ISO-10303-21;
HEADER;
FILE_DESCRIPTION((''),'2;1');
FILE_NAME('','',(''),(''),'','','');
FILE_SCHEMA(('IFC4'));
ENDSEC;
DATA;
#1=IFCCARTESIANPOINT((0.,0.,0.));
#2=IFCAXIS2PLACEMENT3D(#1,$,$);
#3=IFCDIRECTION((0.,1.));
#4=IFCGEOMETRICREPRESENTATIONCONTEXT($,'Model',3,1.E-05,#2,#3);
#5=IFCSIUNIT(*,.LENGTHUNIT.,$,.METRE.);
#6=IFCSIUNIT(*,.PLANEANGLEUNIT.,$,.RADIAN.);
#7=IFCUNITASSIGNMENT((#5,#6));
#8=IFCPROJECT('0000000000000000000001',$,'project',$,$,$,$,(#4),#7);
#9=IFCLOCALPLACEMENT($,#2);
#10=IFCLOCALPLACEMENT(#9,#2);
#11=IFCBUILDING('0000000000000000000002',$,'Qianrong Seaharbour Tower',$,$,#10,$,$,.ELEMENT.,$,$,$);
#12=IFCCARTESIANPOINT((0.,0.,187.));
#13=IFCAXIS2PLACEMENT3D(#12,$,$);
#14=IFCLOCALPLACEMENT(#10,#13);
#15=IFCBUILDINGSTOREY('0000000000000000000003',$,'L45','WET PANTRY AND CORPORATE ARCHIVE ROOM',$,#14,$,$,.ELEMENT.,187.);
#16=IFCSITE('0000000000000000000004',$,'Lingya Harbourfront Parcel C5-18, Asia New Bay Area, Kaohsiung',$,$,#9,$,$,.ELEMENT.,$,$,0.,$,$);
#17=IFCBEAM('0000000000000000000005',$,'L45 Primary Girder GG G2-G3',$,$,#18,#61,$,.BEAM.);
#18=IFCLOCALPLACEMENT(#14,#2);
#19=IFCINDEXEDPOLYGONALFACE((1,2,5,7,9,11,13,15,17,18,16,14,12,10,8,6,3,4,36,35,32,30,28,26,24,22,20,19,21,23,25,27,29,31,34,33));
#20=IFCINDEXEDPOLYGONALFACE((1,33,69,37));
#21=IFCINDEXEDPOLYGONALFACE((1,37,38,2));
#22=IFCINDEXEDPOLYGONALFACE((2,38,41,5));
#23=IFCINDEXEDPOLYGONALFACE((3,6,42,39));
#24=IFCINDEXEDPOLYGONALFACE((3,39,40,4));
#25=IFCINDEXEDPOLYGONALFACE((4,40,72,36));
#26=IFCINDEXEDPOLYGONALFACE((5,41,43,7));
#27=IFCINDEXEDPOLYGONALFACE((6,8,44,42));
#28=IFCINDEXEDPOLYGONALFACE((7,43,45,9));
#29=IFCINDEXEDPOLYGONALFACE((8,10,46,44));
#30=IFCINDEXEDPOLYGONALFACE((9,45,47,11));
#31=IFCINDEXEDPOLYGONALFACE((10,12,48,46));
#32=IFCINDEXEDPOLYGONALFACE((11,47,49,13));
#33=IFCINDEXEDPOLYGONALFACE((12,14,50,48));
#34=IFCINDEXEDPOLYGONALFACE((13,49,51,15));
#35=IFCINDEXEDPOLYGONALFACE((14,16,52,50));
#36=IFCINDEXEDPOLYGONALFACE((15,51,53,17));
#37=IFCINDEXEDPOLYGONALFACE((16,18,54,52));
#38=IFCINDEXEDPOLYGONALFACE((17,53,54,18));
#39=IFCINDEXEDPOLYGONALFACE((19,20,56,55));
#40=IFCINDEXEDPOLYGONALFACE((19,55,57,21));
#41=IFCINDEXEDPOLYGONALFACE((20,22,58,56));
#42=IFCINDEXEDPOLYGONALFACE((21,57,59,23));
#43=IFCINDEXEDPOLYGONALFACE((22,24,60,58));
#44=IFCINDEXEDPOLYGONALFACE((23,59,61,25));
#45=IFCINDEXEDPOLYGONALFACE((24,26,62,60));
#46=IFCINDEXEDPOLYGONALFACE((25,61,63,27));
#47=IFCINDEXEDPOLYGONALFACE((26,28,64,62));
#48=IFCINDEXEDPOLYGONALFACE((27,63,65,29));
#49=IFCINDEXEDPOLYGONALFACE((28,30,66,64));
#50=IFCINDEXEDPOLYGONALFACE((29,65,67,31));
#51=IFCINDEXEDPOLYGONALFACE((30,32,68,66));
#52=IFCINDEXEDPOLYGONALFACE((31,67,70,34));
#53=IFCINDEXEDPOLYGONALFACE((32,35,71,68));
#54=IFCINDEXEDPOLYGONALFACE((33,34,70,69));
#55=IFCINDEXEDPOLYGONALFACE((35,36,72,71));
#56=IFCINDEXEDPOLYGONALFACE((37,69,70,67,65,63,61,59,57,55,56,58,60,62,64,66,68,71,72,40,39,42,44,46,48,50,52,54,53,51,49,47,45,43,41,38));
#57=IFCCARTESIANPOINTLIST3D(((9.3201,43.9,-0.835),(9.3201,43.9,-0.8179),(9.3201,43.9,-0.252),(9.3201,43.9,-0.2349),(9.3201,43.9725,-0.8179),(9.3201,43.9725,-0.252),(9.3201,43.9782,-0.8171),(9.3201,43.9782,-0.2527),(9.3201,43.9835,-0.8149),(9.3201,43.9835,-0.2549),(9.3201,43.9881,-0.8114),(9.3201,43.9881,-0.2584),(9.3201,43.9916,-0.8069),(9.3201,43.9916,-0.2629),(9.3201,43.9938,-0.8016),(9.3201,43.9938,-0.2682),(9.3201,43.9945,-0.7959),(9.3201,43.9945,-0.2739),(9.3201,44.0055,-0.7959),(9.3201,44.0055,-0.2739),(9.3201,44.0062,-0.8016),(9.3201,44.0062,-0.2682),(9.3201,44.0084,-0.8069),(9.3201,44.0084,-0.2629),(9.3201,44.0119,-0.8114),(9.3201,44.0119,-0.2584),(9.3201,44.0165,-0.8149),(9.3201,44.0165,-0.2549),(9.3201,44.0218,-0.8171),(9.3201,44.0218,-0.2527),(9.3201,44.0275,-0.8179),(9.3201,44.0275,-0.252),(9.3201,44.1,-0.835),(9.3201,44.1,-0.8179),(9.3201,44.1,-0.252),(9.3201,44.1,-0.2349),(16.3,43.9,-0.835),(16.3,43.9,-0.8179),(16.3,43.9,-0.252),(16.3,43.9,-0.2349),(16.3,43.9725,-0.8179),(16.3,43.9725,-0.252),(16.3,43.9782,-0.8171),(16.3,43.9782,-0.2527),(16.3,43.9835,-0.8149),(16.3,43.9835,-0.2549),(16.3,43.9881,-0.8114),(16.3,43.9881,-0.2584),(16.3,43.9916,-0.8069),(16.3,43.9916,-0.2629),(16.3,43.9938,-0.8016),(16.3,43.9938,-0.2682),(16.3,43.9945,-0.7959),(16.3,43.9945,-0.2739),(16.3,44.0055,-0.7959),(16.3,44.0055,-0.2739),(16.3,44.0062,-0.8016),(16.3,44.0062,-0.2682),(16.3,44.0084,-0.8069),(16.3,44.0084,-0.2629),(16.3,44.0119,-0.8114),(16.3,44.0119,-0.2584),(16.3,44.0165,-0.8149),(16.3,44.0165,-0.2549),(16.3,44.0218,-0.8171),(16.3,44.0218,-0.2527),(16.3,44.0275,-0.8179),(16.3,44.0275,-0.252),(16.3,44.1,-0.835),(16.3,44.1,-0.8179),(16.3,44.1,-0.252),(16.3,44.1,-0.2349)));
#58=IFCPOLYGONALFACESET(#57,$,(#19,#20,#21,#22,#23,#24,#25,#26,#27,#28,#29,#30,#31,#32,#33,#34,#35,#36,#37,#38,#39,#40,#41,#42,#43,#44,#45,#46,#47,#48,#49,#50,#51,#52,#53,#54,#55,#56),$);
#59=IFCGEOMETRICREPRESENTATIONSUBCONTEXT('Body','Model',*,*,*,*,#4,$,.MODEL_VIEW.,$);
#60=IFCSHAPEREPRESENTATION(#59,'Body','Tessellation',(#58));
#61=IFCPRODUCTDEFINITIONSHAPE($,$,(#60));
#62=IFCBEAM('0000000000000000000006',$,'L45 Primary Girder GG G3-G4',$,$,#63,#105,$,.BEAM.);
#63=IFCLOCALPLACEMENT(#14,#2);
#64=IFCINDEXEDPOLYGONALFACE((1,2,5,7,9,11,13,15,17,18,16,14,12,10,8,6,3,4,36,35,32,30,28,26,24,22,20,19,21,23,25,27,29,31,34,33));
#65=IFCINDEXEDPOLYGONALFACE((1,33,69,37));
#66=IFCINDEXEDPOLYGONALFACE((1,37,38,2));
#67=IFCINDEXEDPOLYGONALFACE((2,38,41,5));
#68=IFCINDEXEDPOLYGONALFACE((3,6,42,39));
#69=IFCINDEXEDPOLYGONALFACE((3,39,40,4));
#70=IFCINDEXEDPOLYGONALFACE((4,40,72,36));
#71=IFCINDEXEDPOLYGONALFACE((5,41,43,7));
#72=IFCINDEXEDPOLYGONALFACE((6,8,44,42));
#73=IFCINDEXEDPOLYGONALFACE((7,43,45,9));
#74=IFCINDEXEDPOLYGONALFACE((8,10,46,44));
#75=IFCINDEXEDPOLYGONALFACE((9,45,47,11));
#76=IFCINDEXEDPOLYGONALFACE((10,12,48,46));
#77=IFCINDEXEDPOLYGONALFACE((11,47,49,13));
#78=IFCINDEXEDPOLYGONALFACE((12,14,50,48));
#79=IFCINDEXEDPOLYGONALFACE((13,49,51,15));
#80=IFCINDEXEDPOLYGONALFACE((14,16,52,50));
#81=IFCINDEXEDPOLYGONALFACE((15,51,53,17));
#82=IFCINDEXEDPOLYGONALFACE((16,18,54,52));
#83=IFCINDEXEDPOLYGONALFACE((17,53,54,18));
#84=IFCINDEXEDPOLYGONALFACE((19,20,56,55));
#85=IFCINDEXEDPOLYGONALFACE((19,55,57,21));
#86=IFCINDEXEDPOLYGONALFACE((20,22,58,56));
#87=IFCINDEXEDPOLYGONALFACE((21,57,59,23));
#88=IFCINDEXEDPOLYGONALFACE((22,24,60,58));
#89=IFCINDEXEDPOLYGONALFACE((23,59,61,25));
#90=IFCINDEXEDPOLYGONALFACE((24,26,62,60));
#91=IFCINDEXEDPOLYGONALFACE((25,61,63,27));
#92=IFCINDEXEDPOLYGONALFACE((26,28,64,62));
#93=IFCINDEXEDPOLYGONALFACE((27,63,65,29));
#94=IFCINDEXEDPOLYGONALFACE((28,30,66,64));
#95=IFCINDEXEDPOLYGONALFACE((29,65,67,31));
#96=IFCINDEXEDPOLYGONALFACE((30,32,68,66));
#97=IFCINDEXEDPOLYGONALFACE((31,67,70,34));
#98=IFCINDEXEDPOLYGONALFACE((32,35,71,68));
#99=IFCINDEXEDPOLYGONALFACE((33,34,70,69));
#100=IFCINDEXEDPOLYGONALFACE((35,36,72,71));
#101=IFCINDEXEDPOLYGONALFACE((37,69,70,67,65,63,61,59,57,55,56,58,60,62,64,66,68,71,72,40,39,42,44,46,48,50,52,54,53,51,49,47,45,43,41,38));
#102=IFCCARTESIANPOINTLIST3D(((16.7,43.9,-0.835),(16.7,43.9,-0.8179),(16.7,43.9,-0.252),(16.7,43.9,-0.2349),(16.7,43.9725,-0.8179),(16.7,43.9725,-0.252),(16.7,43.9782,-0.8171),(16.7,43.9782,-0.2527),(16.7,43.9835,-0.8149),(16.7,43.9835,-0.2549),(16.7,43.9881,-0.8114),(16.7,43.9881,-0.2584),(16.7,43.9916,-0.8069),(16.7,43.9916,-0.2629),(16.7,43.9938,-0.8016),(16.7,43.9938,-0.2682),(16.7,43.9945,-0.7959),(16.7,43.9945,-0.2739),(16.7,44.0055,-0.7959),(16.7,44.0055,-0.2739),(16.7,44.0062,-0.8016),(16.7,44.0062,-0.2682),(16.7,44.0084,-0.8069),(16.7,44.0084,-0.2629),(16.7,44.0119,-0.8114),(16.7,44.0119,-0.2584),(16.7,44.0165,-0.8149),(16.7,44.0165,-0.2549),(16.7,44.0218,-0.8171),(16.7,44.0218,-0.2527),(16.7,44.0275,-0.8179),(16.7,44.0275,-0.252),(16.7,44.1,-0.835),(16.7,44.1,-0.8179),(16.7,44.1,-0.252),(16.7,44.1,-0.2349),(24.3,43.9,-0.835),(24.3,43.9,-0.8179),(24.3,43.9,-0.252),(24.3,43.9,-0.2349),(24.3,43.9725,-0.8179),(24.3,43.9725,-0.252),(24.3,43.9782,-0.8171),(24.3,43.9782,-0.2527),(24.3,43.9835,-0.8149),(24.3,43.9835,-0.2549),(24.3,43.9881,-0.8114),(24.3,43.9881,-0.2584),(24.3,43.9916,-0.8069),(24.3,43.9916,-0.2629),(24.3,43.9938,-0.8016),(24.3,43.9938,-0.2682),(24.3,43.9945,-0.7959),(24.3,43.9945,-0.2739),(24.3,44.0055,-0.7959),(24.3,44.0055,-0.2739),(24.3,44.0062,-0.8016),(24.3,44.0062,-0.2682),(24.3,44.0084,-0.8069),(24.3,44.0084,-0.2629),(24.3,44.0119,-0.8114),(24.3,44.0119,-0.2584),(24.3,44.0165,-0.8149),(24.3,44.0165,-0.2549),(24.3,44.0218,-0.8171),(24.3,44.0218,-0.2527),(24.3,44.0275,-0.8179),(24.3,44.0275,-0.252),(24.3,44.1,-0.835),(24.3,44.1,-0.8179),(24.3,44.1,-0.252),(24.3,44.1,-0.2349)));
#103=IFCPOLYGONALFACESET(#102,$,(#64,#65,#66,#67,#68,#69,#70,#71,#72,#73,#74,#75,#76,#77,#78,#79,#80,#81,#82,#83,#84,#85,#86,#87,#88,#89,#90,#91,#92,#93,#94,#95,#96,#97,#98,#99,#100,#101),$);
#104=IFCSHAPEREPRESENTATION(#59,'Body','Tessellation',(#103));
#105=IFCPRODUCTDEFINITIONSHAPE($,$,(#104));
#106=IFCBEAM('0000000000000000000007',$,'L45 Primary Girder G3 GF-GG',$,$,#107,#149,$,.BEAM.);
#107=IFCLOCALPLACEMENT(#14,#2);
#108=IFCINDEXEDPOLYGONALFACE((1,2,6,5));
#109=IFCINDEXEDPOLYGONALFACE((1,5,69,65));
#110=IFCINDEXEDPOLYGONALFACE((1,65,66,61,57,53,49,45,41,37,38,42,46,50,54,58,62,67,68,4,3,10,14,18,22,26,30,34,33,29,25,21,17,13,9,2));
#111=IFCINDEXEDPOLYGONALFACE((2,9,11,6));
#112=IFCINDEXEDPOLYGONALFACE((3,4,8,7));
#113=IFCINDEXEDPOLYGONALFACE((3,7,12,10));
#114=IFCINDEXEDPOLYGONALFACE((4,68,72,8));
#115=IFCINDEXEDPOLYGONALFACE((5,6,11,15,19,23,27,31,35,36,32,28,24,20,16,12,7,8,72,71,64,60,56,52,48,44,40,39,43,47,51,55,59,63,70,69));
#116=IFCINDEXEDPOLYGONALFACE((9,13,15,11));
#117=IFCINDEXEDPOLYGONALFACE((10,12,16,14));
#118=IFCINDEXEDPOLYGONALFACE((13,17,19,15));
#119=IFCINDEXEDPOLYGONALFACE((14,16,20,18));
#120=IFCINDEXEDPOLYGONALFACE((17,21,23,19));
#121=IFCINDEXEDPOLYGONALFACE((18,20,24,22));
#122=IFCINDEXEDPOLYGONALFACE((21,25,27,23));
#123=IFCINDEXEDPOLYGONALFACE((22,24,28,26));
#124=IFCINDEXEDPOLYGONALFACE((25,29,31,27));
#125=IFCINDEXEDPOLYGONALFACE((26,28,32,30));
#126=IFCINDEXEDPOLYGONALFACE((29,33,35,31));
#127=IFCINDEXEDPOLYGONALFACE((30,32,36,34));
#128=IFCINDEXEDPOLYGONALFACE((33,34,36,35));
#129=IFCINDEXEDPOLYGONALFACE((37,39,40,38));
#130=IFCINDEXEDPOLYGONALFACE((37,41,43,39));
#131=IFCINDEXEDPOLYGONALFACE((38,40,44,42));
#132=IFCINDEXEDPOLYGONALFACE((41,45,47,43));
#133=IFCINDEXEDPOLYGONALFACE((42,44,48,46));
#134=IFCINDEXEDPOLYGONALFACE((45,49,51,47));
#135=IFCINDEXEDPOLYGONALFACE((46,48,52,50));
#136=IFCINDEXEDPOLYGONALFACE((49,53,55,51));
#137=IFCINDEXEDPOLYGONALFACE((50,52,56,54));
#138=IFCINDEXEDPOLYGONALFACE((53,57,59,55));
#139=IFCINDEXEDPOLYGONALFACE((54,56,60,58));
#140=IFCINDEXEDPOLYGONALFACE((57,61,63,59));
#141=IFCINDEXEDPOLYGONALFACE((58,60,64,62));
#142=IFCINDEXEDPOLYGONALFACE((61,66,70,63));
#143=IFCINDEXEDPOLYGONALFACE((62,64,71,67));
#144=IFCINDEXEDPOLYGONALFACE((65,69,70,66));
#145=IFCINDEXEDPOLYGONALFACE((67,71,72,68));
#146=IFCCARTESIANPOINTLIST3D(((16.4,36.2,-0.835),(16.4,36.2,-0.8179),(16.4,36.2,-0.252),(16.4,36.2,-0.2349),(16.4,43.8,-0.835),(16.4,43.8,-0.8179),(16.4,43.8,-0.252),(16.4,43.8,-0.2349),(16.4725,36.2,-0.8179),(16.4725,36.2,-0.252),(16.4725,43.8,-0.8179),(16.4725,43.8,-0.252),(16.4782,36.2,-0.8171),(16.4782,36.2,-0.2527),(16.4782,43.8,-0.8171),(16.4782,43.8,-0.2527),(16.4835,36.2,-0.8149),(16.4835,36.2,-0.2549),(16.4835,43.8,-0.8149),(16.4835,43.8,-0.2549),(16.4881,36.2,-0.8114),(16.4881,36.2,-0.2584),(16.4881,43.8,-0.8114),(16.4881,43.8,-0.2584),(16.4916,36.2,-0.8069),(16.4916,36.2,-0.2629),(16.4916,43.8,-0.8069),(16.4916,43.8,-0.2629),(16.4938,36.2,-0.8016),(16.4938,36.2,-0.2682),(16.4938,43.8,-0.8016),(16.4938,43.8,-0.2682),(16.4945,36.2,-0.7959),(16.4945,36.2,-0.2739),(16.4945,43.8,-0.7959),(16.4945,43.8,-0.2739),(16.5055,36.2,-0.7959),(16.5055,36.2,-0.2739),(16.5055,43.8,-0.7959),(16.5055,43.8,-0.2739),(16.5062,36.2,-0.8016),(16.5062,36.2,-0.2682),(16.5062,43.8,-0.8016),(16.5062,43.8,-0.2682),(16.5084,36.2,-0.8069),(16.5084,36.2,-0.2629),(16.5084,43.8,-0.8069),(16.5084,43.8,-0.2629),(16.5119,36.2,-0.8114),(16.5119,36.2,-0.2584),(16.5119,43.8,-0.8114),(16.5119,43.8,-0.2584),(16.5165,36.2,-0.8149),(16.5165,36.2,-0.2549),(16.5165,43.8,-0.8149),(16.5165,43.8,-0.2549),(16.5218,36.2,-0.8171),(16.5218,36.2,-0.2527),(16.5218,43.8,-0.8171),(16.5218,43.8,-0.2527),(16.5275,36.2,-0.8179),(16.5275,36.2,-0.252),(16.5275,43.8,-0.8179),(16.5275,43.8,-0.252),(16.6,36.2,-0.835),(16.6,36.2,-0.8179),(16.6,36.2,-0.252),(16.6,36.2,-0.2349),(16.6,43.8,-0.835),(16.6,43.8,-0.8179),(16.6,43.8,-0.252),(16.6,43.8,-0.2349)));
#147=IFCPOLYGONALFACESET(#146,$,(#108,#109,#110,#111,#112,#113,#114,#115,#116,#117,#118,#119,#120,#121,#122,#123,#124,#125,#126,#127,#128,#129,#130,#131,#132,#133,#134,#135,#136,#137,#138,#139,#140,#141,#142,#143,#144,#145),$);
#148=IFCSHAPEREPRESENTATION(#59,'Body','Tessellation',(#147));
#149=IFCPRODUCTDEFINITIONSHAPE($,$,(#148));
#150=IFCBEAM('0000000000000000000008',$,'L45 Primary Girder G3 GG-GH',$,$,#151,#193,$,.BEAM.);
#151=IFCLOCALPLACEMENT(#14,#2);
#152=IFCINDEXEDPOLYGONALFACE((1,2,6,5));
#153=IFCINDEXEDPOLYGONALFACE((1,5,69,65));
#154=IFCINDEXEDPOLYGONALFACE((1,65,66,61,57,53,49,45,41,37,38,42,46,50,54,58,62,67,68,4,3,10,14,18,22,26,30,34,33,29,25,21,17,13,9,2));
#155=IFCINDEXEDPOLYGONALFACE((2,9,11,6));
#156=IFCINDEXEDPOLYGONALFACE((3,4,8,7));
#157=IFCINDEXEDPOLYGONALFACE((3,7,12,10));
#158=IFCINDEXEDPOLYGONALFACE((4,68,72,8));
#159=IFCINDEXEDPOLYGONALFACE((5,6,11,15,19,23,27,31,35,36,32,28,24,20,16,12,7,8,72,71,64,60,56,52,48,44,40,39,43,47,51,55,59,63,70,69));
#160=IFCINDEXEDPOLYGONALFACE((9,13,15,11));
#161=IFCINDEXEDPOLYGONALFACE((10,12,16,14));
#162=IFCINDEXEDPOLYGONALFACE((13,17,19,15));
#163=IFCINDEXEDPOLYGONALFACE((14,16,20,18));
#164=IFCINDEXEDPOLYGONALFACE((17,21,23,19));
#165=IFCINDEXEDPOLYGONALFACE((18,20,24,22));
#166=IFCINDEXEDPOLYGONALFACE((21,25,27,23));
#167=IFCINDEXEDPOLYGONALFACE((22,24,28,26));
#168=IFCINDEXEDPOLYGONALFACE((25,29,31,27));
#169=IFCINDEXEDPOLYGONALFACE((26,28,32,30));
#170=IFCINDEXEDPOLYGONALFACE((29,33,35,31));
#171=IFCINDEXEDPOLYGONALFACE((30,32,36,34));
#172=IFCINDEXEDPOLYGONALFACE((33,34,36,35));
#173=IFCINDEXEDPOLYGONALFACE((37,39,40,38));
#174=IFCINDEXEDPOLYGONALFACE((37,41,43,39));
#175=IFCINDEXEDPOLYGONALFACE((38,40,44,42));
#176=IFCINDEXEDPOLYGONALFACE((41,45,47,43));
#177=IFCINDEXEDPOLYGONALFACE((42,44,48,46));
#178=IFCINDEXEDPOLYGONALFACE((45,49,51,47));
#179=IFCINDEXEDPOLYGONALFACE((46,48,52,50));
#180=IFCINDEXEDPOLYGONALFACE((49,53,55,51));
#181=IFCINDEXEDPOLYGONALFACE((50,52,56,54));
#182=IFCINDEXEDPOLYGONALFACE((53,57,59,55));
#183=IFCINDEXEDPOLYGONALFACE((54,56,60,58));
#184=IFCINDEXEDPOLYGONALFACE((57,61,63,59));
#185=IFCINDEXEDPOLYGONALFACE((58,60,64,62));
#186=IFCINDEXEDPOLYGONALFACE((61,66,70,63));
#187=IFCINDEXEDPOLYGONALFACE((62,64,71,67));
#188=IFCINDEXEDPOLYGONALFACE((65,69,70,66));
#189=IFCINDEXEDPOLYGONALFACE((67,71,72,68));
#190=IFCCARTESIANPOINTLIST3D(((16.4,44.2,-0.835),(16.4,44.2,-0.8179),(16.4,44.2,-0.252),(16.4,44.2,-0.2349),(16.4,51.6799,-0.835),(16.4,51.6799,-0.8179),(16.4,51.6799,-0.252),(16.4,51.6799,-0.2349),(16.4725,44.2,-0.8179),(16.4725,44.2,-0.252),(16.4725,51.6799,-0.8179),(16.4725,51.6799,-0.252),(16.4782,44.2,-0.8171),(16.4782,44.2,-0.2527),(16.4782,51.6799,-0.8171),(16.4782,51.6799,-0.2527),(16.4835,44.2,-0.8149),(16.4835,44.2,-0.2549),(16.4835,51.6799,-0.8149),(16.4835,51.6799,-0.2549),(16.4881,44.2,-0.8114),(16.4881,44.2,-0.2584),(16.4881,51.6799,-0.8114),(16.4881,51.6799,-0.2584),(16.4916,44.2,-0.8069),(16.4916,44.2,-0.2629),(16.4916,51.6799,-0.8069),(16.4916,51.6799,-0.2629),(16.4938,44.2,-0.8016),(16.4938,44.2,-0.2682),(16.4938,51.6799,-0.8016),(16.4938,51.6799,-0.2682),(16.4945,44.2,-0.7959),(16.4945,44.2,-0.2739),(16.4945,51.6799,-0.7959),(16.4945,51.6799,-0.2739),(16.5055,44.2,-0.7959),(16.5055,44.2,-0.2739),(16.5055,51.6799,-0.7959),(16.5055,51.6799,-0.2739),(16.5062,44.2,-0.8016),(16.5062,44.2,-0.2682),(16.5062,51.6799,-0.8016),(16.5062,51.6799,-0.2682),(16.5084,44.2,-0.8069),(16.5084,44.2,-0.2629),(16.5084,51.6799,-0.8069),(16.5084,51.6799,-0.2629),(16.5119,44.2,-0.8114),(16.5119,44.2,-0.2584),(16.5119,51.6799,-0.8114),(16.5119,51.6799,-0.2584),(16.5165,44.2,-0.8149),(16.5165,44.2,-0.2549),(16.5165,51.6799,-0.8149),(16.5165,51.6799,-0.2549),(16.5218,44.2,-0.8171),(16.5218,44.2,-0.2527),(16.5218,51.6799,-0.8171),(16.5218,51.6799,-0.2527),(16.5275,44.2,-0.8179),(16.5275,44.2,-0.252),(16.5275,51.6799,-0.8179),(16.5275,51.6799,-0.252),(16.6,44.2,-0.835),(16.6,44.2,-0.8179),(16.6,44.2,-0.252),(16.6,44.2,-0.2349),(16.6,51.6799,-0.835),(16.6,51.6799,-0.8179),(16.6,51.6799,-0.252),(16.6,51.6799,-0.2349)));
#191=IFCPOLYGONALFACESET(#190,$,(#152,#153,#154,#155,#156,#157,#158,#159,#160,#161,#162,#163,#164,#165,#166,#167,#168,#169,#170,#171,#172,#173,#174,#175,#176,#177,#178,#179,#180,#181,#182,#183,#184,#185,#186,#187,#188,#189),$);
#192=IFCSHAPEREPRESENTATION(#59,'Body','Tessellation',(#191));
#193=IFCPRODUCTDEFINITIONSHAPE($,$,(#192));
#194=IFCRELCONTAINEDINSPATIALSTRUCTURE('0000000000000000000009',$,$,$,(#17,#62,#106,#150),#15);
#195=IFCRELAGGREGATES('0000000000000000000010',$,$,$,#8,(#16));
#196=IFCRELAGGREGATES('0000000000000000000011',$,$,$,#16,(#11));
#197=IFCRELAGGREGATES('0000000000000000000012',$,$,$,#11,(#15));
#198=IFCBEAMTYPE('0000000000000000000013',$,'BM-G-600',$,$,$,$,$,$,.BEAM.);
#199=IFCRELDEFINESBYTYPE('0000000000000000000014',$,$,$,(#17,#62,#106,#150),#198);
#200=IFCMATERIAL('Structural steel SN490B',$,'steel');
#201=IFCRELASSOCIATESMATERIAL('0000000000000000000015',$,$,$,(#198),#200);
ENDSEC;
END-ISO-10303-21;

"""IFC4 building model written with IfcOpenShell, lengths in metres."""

from ifc_helpers import new_model, si_unit, direction, frame, origin, origin_2d, place, context, subcontext, project, spatial, i_section, extrude, material, material_profile, profile_set, type_object, element, save


model = new_model("IFC4")

# Units and contexts
model_context = context("Model", 3, precision=1e-05, world=origin(), true_north=direction((0.0, 1.0)))
body_context = subcontext(model_context, "Body", "Model", "MODEL_VIEW")
ifc_project = project(units=[si_unit("LENGTHUNIT", "METRE"), si_unit("PLANEANGLEUNIT", "RADIAN")], contexts=[model_context])

# Site, building, storey
site_placement = place(None, origin())
site = spatial("IfcSite", under=ifc_project, at=site_placement, Name="Lingya Harbourfront Parcel C5-18, Asia New Bay Area, Kaohsiung", CompositionType="ELEMENT", RefElevation=0.0)
building_placement = place(site_placement, origin())
building = spatial("IfcBuilding", under=site, at=building_placement, Name="Qianrong Seaharbour Tower", CompositionType="ELEMENT")
storey_placement = place(building_placement, frame((0.0, 0.0, 187.0)))
storey = spatial("IfcBuildingStorey", under=building, at=storey_placement, Name="L45", Description="WET PANTRY AND CORPORATE ARCHIVE ROOM", CompositionType="ELEMENT", Elevation=187.0)

# Shared definitions
ifc_material_1 = material(Name="Structural steel SN490B", Category="steel")

# Beams
ifc_material_profile_1 = material_profile(ifc_material_1, i_section(OverallWidth=0.2, OverallDepth=0.6001, WebThickness=0.011, FlangeThickness=0.0171, FilletRadius=0.022, at=origin_2d()), Name="H600x200x11x17")
ifc_profile_set_1 = profile_set([ifc_material_profile_1], Name="Structural steel SN490B")
beam_type_1 = type_object("IfcBeamType", Name="BM-G-600", PredefinedType="BEAM", material=ifc_profile_set_1)
beam_1_placement = place(storey_placement, frame((9.3201, 44.0, -0.5349), z_axis=(1.0, 0.0, 0.0), x_axis=(0.0, 1.0, 0.0)))
element("IfcBeam", 1, at=beam_1_placement, inside=storey, type_object=beam_type_1, Name="L45 Primary Girder GG G2-G3", PredefinedType="BEAM", context=body_context, shape_type="SweptSolid", body=[
    extrude(i_section(OverallWidth=0.2, OverallDepth=0.6001, WebThickness=0.011, FlangeThickness=0.0171, FilletRadius=0.022, at=origin_2d()), origin(), (0.0, 0.0, 1.0), 6.98),
])
for number, where, z_axis, x_axis, name in (
    (2, (16.7, 44.0, -0.5349), (1.0, 0.0, 0.0), (0.0, 1.0, 0.0), "L45 Primary Girder GG G3-G4"),
    (3, (16.5, 36.2, -0.5349), (0.0, 1.0, 0.0), (-1.0, 0.0, 0.0), "L45 Primary Girder G3 GF-GG"),
):
    element("IfcBeam", number, at=place(storey_placement, frame(where, z_axis=z_axis, x_axis=x_axis)), inside=storey, type_object=beam_type_1, Name=name, PredefinedType="BEAM", context=body_context, shape_type="SweptSolid", body=[
        extrude(i_section(OverallWidth=0.2, OverallDepth=0.6001, WebThickness=0.011, FlangeThickness=0.0171, FilletRadius=0.022, at=origin_2d()), origin(), (0.0, 0.0, 1.0), 7.6001),
    ])
beam_2_placement = place(storey_placement, frame((16.5, 44.2, -0.5349), z_axis=(0.0, 1.0, 0.0), x_axis=(-1.0, 0.0, 0.0)))
element("IfcBeam", 4, at=beam_2_placement, inside=storey, type_object=beam_type_1, Name="L45 Primary Girder G3 GG-GH", PredefinedType="BEAM", context=body_context, shape_type="SweptSolid", body=[
    extrude(i_section(OverallWidth=0.2, OverallDepth=0.6001, WebThickness=0.011, FlangeThickness=0.0171, FilletRadius=0.022, at=origin_2d()), origin(), (0.0, 0.0, 1.0), 7.48),
])

save(model, "model.ifc")
